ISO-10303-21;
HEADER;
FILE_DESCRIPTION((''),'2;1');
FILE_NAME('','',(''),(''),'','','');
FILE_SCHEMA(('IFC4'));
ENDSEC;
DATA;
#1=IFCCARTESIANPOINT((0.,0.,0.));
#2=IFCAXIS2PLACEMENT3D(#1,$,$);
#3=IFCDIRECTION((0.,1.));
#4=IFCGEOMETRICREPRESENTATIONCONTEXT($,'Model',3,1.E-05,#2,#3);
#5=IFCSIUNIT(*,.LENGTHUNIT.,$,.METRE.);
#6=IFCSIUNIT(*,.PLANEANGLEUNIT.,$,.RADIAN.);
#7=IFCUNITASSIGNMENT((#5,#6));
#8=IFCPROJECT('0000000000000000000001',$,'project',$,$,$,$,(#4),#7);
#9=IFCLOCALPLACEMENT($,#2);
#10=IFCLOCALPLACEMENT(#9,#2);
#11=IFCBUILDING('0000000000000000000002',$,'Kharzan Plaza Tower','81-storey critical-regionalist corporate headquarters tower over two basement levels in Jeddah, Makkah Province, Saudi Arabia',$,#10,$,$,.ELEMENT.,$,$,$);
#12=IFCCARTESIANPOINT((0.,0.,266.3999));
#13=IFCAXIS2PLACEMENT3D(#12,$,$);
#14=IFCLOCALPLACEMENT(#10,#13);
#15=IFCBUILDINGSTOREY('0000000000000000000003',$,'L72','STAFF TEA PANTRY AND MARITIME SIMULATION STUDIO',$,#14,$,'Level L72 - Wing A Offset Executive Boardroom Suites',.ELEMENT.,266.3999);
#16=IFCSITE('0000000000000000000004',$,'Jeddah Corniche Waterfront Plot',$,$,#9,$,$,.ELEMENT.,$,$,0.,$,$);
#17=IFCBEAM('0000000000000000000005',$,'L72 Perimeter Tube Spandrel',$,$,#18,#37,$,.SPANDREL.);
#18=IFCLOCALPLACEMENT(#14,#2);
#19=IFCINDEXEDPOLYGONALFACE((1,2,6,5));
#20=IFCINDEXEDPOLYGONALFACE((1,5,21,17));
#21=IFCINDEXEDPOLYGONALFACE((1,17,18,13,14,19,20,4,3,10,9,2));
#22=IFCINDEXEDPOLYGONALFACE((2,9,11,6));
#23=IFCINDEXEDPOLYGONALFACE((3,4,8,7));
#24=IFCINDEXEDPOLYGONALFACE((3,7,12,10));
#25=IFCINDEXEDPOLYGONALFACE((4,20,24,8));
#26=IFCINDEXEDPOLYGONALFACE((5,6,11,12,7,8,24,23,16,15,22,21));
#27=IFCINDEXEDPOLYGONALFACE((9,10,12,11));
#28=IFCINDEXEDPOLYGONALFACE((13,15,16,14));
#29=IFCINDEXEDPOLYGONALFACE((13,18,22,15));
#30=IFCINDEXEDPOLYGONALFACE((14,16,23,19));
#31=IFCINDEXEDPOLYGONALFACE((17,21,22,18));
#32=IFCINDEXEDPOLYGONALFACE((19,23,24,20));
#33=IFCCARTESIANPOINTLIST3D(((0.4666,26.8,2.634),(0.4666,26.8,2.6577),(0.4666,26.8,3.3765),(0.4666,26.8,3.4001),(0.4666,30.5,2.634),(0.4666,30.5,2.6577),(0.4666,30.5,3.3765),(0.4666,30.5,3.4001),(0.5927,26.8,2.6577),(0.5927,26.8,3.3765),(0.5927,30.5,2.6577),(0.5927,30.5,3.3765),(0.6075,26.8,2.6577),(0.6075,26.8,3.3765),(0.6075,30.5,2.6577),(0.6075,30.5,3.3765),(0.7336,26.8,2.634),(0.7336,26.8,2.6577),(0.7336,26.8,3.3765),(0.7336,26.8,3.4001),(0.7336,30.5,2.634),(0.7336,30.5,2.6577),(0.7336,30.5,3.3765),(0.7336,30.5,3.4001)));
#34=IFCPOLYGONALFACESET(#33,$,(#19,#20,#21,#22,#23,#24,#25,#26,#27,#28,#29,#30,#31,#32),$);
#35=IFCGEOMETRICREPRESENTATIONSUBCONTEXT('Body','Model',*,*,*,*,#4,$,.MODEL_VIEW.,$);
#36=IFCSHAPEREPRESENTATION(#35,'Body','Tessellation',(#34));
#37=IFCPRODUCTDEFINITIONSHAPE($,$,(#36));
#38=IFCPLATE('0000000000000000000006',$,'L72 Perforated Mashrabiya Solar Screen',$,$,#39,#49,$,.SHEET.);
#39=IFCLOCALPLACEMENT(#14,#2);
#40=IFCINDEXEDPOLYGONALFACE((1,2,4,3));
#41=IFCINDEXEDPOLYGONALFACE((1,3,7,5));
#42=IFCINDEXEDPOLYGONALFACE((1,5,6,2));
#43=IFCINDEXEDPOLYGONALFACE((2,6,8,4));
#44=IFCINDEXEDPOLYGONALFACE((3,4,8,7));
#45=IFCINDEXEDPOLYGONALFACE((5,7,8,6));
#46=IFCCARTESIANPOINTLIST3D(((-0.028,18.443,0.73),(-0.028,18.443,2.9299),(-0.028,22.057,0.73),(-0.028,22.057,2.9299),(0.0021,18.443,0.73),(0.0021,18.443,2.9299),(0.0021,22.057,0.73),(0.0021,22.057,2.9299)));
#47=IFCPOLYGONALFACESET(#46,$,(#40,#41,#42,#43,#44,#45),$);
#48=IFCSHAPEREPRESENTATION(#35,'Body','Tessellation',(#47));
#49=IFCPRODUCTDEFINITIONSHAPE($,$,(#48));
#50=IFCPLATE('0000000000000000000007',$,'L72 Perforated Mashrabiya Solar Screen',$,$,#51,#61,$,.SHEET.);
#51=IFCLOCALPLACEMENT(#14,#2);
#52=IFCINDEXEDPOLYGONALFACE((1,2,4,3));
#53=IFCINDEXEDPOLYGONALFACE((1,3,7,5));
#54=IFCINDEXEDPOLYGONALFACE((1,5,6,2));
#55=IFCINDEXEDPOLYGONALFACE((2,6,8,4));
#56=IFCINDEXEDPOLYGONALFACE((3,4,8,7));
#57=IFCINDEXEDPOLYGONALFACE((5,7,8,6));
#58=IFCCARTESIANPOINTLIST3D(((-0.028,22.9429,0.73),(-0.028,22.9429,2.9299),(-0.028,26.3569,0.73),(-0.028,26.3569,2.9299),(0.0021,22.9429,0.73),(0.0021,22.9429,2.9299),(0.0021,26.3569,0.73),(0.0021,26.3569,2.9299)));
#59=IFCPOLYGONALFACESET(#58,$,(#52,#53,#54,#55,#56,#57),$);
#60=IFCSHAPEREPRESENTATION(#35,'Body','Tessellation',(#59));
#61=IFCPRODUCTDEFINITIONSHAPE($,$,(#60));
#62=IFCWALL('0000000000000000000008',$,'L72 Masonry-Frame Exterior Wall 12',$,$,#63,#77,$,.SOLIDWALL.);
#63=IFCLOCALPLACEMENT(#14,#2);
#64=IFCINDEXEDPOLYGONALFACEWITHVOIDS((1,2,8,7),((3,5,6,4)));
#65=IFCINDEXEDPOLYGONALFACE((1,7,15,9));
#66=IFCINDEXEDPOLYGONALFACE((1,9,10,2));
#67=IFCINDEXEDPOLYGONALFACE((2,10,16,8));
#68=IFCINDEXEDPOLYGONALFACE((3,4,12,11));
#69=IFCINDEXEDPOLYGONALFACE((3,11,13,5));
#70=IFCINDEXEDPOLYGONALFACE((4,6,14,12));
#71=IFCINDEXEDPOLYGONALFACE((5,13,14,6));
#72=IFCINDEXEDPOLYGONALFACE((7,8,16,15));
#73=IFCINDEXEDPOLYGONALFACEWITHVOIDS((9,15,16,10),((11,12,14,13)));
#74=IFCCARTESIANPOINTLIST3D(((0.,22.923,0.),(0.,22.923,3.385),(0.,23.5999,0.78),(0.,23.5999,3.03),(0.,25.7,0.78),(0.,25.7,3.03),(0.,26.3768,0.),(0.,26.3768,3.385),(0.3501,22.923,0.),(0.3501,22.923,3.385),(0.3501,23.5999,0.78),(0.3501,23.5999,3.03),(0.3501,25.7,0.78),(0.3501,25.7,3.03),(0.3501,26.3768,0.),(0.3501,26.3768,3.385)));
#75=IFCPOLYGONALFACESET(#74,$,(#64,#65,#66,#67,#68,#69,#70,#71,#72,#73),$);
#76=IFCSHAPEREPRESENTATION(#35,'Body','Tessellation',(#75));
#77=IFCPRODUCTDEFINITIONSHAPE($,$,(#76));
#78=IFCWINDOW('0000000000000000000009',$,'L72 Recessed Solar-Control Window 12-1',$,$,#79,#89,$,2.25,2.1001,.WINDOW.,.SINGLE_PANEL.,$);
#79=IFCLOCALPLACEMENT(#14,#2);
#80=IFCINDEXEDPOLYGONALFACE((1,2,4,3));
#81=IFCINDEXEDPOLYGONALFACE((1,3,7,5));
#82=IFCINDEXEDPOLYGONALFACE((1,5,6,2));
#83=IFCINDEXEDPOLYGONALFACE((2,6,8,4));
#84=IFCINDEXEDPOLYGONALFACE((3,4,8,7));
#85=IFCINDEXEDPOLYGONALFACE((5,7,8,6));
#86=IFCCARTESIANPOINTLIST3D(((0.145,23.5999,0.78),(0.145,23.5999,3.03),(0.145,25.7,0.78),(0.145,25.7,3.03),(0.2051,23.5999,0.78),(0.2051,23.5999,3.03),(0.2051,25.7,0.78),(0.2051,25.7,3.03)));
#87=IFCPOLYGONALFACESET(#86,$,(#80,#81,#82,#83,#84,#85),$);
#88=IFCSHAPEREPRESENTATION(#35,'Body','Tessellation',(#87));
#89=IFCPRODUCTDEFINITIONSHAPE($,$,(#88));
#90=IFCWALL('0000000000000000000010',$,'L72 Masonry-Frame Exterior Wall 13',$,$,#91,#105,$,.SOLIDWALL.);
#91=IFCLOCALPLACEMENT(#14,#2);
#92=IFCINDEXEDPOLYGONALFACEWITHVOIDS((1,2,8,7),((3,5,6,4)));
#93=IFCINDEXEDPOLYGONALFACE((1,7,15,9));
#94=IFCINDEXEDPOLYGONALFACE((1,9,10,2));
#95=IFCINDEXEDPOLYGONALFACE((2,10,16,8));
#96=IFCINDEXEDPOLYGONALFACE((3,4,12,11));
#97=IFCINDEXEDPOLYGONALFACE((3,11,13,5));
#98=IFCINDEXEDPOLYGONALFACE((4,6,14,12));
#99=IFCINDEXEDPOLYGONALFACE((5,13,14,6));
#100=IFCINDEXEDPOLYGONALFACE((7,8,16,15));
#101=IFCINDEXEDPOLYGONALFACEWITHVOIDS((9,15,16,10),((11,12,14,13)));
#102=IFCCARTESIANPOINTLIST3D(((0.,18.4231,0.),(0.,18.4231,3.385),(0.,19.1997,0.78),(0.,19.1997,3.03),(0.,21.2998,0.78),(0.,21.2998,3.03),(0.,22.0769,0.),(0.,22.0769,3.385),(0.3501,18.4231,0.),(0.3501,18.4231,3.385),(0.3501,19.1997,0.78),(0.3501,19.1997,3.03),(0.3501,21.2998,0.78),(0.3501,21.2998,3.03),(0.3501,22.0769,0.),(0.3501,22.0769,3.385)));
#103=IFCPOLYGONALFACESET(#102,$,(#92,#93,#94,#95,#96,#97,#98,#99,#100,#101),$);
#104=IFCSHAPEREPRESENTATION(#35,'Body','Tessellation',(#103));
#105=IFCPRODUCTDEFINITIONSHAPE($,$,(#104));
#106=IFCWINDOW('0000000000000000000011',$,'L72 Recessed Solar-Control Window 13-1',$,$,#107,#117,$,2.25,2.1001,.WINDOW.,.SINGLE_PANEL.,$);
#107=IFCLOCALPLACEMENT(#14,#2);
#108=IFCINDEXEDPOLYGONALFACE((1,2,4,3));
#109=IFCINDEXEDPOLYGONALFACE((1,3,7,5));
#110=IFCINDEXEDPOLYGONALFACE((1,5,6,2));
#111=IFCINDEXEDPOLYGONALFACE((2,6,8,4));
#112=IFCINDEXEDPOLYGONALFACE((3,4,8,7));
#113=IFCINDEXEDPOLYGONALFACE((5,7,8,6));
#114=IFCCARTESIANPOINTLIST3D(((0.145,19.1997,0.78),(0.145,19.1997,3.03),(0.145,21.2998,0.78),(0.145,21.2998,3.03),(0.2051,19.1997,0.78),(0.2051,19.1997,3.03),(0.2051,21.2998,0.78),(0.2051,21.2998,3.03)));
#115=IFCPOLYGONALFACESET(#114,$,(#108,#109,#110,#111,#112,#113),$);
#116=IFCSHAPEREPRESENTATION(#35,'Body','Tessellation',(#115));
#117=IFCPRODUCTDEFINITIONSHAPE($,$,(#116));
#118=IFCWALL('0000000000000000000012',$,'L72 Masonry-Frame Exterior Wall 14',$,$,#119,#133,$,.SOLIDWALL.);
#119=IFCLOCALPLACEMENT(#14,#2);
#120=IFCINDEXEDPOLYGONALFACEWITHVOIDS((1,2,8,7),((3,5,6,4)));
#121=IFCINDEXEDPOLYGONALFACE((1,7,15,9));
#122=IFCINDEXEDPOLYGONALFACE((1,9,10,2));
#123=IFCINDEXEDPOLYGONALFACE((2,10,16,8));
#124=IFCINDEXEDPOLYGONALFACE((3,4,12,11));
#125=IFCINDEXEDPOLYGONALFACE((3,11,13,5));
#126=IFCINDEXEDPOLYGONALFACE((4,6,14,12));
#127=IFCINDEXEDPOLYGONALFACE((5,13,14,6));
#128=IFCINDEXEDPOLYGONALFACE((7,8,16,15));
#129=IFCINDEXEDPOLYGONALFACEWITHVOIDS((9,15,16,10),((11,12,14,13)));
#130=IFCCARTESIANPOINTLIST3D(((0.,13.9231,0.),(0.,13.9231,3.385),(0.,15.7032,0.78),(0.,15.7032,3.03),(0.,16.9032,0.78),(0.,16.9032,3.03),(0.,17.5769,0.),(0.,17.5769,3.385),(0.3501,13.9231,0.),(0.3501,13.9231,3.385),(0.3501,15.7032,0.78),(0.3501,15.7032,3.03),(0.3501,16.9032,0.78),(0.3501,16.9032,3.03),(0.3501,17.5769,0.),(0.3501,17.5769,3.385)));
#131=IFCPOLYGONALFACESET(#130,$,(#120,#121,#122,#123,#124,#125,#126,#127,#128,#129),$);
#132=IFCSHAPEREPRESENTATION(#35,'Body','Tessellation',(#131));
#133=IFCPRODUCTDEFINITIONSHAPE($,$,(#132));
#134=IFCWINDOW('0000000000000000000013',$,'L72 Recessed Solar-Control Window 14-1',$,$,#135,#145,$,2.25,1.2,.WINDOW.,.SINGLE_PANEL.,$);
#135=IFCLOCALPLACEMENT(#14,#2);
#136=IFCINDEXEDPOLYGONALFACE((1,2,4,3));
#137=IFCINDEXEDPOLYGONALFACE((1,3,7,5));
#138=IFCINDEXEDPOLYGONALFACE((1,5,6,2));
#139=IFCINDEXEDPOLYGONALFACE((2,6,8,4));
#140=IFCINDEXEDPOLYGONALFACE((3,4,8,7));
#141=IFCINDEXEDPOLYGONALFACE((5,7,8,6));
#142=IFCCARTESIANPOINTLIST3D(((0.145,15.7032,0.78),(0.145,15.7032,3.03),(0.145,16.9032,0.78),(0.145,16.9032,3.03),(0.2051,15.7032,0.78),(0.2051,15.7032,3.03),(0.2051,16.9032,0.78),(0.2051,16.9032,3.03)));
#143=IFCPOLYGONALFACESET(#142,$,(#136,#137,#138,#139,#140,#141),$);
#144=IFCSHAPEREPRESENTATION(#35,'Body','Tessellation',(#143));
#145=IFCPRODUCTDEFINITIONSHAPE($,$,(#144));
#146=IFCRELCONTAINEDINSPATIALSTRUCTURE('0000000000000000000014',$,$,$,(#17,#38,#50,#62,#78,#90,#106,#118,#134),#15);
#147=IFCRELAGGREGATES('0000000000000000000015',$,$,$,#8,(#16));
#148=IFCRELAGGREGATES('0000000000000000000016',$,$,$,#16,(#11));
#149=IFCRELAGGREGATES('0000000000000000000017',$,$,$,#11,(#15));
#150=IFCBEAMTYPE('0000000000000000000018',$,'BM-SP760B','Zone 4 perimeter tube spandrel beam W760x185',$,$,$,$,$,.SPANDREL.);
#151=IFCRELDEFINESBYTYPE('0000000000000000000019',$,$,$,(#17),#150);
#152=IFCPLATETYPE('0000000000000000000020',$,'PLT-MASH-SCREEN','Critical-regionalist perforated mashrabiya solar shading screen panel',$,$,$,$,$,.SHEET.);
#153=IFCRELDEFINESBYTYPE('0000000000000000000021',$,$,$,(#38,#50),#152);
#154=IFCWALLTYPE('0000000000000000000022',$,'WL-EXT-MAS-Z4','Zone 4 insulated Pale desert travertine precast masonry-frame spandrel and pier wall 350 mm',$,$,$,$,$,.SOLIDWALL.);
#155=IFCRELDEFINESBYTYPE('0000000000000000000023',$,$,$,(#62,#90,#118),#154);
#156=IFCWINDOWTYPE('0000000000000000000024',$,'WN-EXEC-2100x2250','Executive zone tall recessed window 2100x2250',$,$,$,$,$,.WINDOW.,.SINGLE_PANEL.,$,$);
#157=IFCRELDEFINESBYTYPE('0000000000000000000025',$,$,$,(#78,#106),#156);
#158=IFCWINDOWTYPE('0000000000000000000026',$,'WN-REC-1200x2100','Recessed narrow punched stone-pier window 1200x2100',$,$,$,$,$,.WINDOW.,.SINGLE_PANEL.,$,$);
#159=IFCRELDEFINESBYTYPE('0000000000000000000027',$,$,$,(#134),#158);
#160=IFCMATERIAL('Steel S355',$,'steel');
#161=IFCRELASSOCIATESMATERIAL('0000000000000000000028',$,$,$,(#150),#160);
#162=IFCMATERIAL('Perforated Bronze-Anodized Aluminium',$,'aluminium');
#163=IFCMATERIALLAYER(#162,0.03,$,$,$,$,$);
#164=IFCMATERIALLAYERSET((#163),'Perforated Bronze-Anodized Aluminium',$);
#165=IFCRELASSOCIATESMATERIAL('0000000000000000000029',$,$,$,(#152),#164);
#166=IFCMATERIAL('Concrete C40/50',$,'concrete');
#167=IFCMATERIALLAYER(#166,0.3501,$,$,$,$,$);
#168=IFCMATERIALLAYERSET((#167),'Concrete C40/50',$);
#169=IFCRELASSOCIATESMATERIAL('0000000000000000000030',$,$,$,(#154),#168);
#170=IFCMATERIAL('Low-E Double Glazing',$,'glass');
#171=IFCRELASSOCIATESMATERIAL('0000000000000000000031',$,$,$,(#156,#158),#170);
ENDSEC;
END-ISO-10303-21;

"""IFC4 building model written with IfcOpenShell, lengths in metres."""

from ifc_helpers import new_model, si_unit, direction, frame, frame_2d, origin, origin_2d, place, context, subcontext, project, spatial, rectangle, i_section, extrude, source, transform, mapped, material, layer, layer_set, material_profile, profile_set, type_object, element, fill, save


model = new_model("IFC4")

# Units and contexts
model_context = context("Model", 3, precision=1e-05, world=origin(), true_north=direction((0.0, 1.0)))
body_context = subcontext(model_context, "Body", "Model", "MODEL_VIEW")
ifc_project = project(units=[si_unit("LENGTHUNIT", "METRE"), si_unit("PLANEANGLEUNIT", "RADIAN")], contexts=[model_context])

# Site, building, storey
site_placement = place(None, origin())
site = spatial("IfcSite", under=ifc_project, at=site_placement, Name="Jeddah Corniche Waterfront Plot", CompositionType="ELEMENT", RefElevation=0.0)
building_placement = place(site_placement, origin())
building = spatial("IfcBuilding", under=site, at=building_placement, Name="Kharzan Plaza Tower", Description="81-storey critical-regionalist corporate headquarters tower over two basement levels in Jeddah, Makkah Province, Saudi Arabia", CompositionType="ELEMENT")
storey_placement = place(building_placement, frame((0.0, 0.0, 266.3999)))
storey = spatial("IfcBuildingStorey", under=building, at=storey_placement, Name="L72", Description="STAFF TEA PANTRY AND MARITIME SIMULATION STUDIO", LongName="Level L72 - Wing A Offset Executive Boardroom Suites", CompositionType="ELEMENT", Elevation=266.3999)

# Beam
ifc_material_1 = material(Name="Steel S355", Category="steel")
ifc_material_profile_1 = material_profile(ifc_material_1, i_section(OverallWidth=0.2671, OverallDepth=0.7661, WebThickness=0.0149, FlangeThickness=0.0237, at=origin_2d()), Name="W760x185")
ifc_profile_set_1 = profile_set([ifc_material_profile_1], Name="Steel S355")
beam_type_1 = type_object("IfcBeamType", Name="BM-SP760B", Description="Zone 4 perimeter tube spandrel beam W760x185", PredefinedType="SPANDREL", material=ifc_profile_set_1)
shared_shape_1 = source(origin(), body_context, "Body", "SweptSolid", [
    extrude(i_section(OverallWidth=0.2671, OverallDepth=0.7661, WebThickness=0.0149, FlangeThickness=0.0237, at=origin_2d()), origin(), (0.0, 0.0, 1.0), 3.7),
])
beam_1_placement = place(storey_placement, frame((0.6001, 26.8, 3.0171), z_axis=(0.0, 1.0, 0.0), x_axis=(-1.0, 0.0, 0.0)))
element("IfcBeam", 1, at=beam_1_placement, inside=storey, type_object=beam_type_1, Name="L72 Perimeter Tube Spandrel", PredefinedType="SPANDREL", context=body_context, shape_type="MappedRepresentation", body=[
    mapped(shared_shape_1, transform((0.0, 0.0, 0.0), x_axis=(1.0, 0.0, 0.0), y_axis=(0.0, 1.0, 0.0), z_axis=(0.0, 0.0, 1.0))),
])

# Plates
ifc_material_2 = material(Name="Perforated Bronze-Anodized Aluminium", Category="aluminium")
ifc_layer_1 = layer(ifc_material_2, 0.03)
ifc_layer_set_1 = layer_set([ifc_layer_1], Name="Perforated Bronze-Anodized Aluminium")
plate_type = type_object("IfcPlateType", Name="PLT-MASH-SCREEN", Description="Critical-regionalist perforated mashrabiya solar shading screen panel", PredefinedType="SHEET", material=ifc_layer_set_1)
shared_shape_2 = source(origin(), body_context, "Body", "SweptSolid", [
    extrude(rectangle(XDim=3.614, YDim=0.03, at=origin_2d()), origin(), (0.0, 0.0, 1.0), 2.2),
])
plate_1_placement = place(storey_placement, frame((-0.0129, 20.25, 0.73), z_axis=(0.0, 0.0, 1.0), x_axis=(0.0, -1.0, 0.0)))
element("IfcPlate", 2, at=plate_1_placement, inside=storey, type_object=plate_type, Name="L72 Perforated Mashrabiya Solar Screen", PredefinedType="SHEET", context=body_context, shape_type="MappedRepresentation", body=[
    mapped(shared_shape_2, transform((0.0, 0.0, 0.0), x_axis=(1.0, 0.0, 0.0), y_axis=(0.0, 1.0, 0.0), z_axis=(0.0, 0.0, 1.0))),
])
shared_shape_3 = source(origin(), body_context, "Body", "SweptSolid", [
    extrude(rectangle(XDim=3.4141, YDim=0.03, at=origin_2d()), origin(), (0.0, 0.0, 1.0), 2.2),
])
plate_2_placement = place(storey_placement, frame((-0.0129, 24.6499, 0.73), z_axis=(0.0, 0.0, 1.0), x_axis=(0.0, -1.0, 0.0)))
element("IfcPlate", 3, at=plate_2_placement, inside=storey, type_object=plate_type, Name="L72 Perforated Mashrabiya Solar Screen", PredefinedType="SHEET", context=body_context, shape_type="MappedRepresentation", body=[
    mapped(shared_shape_3, transform((0.0, 0.0, 0.0), x_axis=(1.0, 0.0, 0.0), y_axis=(0.0, 1.0, 0.0), z_axis=(0.0, 0.0, 1.0))),
])

# Walls, openings, windows
ifc_material_3 = material(Name="Concrete C40/50", Category="concrete")
ifc_layer_2 = layer(ifc_material_3, 0.3501)
ifc_layer_set_2 = layer_set([ifc_layer_2], Name="Concrete C40/50")
wall_type_1 = type_object("IfcWallType", Name="WL-EXT-MAS-Z4", Description="Zone 4 insulated Pale desert travertine precast masonry-frame spandrel and pier wall 350 mm", PredefinedType="SOLIDWALL", material=ifc_layer_set_2)
wall_1_placement = place(storey_placement, frame((0.175, 26.377, 0.0), z_axis=(0.0, 0.0, 1.0), x_axis=(0.0, -1.0, 0.0)))
wall_1 = element("IfcWall", 4, at=wall_1_placement, inside=storey, type_object=wall_type_1, Name="L72 Masonry-Frame Exterior Wall 12", PredefinedType="SOLIDWALL", context=body_context, shape_type="SweptSolid", body=[
    extrude(rectangle(XDim=3.4539, YDim=0.3501, at=frame_2d((1.7271, 0.0))), origin(), (0.0, 0.0, 1.0), 3.385),
])
opening_1_placement = place(wall_1_placement, frame((0.677, 0.0, 0.78)))
opening_1 = element("IfcOpeningElement", 5, at=opening_1_placement, cuts=wall_1, PredefinedType="OPENING", context=body_context, shape_type="SweptSolid", body=[
    extrude(rectangle(XDim=2.1001, YDim=2.25, at=frame_2d((1.05, 1.125))), frame((0.0, 0.1851, 0.0), z_axis=(0.0, -1.0, 0.0), x_axis=(1.0, 0.0, 0.0)), (0.0, 0.0, 1.0), 0.3701),
])
ifc_material_4 = material(Name="Low-E Double Glazing", Category="glass")
window_type_1 = type_object("IfcWindowType", Name="WN-EXEC-2100x2250", Description="Executive zone tall recessed window 2100x2250", PartitioningType="SINGLE_PANEL", PredefinedType="WINDOW", material=ifc_material_4)
shared_shape_4 = source(origin(), body_context, "Body", "SweptSolid", [
    extrude(rectangle(XDim=2.1001, YDim=2.25, at=frame_2d((1.05, 1.125))), frame((0.0, 0.03, 0.0), z_axis=(0.0, -1.0, 0.0), x_axis=(1.0, 0.0, 0.0)), (0.0, 0.0, 1.0), 0.0601),
])
window_1_placement = place(opening_1_placement, origin())
window_1 = element("IfcWindow", 6, at=window_1_placement, inside=storey, type_object=window_type_1, Name="L72 Recessed Solar-Control Window 12-1", OverallHeight=2.25, OverallWidth=2.1001, PartitioningType="SINGLE_PANEL", PredefinedType="WINDOW", context=body_context, shape_type="MappedRepresentation", body=[
    mapped(shared_shape_4, transform((0.0, 0.0, 0.0), x_axis=(1.0, 0.0, 0.0), y_axis=(0.0, 1.0, 0.0), z_axis=(0.0, 0.0, 1.0))),
])
fill(opening_1, window_1)
wall_2_placement = place(storey_placement, frame((0.175, 22.0769, 0.0), z_axis=(0.0, 0.0, 1.0), x_axis=(0.0, -1.0, 0.0)))
wall_2 = element("IfcWall", 7, at=wall_2_placement, inside=storey, type_object=wall_type_1, Name="L72 Masonry-Frame Exterior Wall 13", PredefinedType="SOLIDWALL", context=body_context, shape_type="SweptSolid", body=[
    extrude(rectangle(XDim=3.6538, YDim=0.3501, at=frame_2d((1.8269, 0.0))), origin(), (0.0, 0.0, 1.0), 3.385),
])
opening_2_placement = place(wall_2_placement, frame((0.7771, 0.0, 0.78)))
opening_2 = element("IfcOpeningElement", 8, at=opening_2_placement, cuts=wall_2, PredefinedType="OPENING", context=body_context, shape_type="SweptSolid", body=[
    extrude(rectangle(XDim=2.1001, YDim=2.25, at=frame_2d((1.05, 1.125))), frame((0.0, 0.1851, 0.0), z_axis=(0.0, -1.0, 0.0), x_axis=(1.0, 0.0, 0.0)), (0.0, 0.0, 1.0), 0.3701),
])
window_2_placement = place(opening_2_placement, origin())
window_2 = element("IfcWindow", 9, at=window_2_placement, inside=storey, type_object=window_type_1, Name="L72 Recessed Solar-Control Window 13-1", OverallHeight=2.25, OverallWidth=2.1001, PartitioningType="SINGLE_PANEL", PredefinedType="WINDOW", context=body_context, shape_type="MappedRepresentation", body=[
    mapped(shared_shape_4, transform((0.0, 0.0, 0.0), x_axis=(1.0, 0.0, 0.0), y_axis=(0.0, 1.0, 0.0), z_axis=(0.0, 0.0, 1.0))),
])
fill(opening_2, window_2)
wall_3_placement = place(storey_placement, frame((0.175, 17.5769, 0.0), z_axis=(0.0, 0.0, 1.0), x_axis=(0.0, -1.0, 0.0)))
wall_3 = element("IfcWall", 10, at=wall_3_placement, inside=storey, type_object=wall_type_1, Name="L72 Masonry-Frame Exterior Wall 14", PredefinedType="SOLIDWALL", context=body_context, shape_type="SweptSolid", body=[
    extrude(rectangle(XDim=3.6538, YDim=0.3501, at=frame_2d((1.8269, 0.0))), origin(), (0.0, 0.0, 1.0), 3.385),
])
opening_3_placement = place(wall_3_placement, frame((0.6736, 0.0, 0.78)))
opening_3 = element("IfcOpeningElement", 11, at=opening_3_placement, cuts=wall_3, PredefinedType="OPENING", context=body_context, shape_type="SweptSolid", body=[
    extrude(rectangle(XDim=1.2, YDim=2.25, at=frame_2d((0.6001, 1.125))), frame((0.0, 0.1851, 0.0), z_axis=(0.0, -1.0, 0.0), x_axis=(1.0, 0.0, 0.0)), (0.0, 0.0, 1.0), 0.3701),
])
window_type_2 = type_object("IfcWindowType", Name="WN-REC-1200x2100", Description="Recessed narrow punched stone-pier window 1200x2100", PartitioningType="SINGLE_PANEL", PredefinedType="WINDOW", material=ifc_material_4)
shared_shape_5 = source(origin(), body_context, "Body", "SweptSolid", [
    extrude(rectangle(XDim=1.2, YDim=2.25, at=frame_2d((0.6001, 1.125))), frame((0.0, 0.03, 0.0), z_axis=(0.0, -1.0, 0.0), x_axis=(1.0, 0.0, 0.0)), (0.0, 0.0, 1.0), 0.0601),
])
window_3_placement = place(opening_3_placement, origin())
window_3 = element("IfcWindow", 12, at=window_3_placement, inside=storey, type_object=window_type_2, Name="L72 Recessed Solar-Control Window 14-1", OverallHeight=2.25, OverallWidth=1.2, PartitioningType="SINGLE_PANEL", PredefinedType="WINDOW", context=body_context, shape_type="MappedRepresentation", body=[
    mapped(shared_shape_5, transform((0.0, 0.0, 0.0), x_axis=(1.0, 0.0, 0.0), y_axis=(0.0, 1.0, 0.0), z_axis=(0.0, 0.0, 1.0))),
])
fill(opening_3, window_3)

save(model, "model.ifc")
